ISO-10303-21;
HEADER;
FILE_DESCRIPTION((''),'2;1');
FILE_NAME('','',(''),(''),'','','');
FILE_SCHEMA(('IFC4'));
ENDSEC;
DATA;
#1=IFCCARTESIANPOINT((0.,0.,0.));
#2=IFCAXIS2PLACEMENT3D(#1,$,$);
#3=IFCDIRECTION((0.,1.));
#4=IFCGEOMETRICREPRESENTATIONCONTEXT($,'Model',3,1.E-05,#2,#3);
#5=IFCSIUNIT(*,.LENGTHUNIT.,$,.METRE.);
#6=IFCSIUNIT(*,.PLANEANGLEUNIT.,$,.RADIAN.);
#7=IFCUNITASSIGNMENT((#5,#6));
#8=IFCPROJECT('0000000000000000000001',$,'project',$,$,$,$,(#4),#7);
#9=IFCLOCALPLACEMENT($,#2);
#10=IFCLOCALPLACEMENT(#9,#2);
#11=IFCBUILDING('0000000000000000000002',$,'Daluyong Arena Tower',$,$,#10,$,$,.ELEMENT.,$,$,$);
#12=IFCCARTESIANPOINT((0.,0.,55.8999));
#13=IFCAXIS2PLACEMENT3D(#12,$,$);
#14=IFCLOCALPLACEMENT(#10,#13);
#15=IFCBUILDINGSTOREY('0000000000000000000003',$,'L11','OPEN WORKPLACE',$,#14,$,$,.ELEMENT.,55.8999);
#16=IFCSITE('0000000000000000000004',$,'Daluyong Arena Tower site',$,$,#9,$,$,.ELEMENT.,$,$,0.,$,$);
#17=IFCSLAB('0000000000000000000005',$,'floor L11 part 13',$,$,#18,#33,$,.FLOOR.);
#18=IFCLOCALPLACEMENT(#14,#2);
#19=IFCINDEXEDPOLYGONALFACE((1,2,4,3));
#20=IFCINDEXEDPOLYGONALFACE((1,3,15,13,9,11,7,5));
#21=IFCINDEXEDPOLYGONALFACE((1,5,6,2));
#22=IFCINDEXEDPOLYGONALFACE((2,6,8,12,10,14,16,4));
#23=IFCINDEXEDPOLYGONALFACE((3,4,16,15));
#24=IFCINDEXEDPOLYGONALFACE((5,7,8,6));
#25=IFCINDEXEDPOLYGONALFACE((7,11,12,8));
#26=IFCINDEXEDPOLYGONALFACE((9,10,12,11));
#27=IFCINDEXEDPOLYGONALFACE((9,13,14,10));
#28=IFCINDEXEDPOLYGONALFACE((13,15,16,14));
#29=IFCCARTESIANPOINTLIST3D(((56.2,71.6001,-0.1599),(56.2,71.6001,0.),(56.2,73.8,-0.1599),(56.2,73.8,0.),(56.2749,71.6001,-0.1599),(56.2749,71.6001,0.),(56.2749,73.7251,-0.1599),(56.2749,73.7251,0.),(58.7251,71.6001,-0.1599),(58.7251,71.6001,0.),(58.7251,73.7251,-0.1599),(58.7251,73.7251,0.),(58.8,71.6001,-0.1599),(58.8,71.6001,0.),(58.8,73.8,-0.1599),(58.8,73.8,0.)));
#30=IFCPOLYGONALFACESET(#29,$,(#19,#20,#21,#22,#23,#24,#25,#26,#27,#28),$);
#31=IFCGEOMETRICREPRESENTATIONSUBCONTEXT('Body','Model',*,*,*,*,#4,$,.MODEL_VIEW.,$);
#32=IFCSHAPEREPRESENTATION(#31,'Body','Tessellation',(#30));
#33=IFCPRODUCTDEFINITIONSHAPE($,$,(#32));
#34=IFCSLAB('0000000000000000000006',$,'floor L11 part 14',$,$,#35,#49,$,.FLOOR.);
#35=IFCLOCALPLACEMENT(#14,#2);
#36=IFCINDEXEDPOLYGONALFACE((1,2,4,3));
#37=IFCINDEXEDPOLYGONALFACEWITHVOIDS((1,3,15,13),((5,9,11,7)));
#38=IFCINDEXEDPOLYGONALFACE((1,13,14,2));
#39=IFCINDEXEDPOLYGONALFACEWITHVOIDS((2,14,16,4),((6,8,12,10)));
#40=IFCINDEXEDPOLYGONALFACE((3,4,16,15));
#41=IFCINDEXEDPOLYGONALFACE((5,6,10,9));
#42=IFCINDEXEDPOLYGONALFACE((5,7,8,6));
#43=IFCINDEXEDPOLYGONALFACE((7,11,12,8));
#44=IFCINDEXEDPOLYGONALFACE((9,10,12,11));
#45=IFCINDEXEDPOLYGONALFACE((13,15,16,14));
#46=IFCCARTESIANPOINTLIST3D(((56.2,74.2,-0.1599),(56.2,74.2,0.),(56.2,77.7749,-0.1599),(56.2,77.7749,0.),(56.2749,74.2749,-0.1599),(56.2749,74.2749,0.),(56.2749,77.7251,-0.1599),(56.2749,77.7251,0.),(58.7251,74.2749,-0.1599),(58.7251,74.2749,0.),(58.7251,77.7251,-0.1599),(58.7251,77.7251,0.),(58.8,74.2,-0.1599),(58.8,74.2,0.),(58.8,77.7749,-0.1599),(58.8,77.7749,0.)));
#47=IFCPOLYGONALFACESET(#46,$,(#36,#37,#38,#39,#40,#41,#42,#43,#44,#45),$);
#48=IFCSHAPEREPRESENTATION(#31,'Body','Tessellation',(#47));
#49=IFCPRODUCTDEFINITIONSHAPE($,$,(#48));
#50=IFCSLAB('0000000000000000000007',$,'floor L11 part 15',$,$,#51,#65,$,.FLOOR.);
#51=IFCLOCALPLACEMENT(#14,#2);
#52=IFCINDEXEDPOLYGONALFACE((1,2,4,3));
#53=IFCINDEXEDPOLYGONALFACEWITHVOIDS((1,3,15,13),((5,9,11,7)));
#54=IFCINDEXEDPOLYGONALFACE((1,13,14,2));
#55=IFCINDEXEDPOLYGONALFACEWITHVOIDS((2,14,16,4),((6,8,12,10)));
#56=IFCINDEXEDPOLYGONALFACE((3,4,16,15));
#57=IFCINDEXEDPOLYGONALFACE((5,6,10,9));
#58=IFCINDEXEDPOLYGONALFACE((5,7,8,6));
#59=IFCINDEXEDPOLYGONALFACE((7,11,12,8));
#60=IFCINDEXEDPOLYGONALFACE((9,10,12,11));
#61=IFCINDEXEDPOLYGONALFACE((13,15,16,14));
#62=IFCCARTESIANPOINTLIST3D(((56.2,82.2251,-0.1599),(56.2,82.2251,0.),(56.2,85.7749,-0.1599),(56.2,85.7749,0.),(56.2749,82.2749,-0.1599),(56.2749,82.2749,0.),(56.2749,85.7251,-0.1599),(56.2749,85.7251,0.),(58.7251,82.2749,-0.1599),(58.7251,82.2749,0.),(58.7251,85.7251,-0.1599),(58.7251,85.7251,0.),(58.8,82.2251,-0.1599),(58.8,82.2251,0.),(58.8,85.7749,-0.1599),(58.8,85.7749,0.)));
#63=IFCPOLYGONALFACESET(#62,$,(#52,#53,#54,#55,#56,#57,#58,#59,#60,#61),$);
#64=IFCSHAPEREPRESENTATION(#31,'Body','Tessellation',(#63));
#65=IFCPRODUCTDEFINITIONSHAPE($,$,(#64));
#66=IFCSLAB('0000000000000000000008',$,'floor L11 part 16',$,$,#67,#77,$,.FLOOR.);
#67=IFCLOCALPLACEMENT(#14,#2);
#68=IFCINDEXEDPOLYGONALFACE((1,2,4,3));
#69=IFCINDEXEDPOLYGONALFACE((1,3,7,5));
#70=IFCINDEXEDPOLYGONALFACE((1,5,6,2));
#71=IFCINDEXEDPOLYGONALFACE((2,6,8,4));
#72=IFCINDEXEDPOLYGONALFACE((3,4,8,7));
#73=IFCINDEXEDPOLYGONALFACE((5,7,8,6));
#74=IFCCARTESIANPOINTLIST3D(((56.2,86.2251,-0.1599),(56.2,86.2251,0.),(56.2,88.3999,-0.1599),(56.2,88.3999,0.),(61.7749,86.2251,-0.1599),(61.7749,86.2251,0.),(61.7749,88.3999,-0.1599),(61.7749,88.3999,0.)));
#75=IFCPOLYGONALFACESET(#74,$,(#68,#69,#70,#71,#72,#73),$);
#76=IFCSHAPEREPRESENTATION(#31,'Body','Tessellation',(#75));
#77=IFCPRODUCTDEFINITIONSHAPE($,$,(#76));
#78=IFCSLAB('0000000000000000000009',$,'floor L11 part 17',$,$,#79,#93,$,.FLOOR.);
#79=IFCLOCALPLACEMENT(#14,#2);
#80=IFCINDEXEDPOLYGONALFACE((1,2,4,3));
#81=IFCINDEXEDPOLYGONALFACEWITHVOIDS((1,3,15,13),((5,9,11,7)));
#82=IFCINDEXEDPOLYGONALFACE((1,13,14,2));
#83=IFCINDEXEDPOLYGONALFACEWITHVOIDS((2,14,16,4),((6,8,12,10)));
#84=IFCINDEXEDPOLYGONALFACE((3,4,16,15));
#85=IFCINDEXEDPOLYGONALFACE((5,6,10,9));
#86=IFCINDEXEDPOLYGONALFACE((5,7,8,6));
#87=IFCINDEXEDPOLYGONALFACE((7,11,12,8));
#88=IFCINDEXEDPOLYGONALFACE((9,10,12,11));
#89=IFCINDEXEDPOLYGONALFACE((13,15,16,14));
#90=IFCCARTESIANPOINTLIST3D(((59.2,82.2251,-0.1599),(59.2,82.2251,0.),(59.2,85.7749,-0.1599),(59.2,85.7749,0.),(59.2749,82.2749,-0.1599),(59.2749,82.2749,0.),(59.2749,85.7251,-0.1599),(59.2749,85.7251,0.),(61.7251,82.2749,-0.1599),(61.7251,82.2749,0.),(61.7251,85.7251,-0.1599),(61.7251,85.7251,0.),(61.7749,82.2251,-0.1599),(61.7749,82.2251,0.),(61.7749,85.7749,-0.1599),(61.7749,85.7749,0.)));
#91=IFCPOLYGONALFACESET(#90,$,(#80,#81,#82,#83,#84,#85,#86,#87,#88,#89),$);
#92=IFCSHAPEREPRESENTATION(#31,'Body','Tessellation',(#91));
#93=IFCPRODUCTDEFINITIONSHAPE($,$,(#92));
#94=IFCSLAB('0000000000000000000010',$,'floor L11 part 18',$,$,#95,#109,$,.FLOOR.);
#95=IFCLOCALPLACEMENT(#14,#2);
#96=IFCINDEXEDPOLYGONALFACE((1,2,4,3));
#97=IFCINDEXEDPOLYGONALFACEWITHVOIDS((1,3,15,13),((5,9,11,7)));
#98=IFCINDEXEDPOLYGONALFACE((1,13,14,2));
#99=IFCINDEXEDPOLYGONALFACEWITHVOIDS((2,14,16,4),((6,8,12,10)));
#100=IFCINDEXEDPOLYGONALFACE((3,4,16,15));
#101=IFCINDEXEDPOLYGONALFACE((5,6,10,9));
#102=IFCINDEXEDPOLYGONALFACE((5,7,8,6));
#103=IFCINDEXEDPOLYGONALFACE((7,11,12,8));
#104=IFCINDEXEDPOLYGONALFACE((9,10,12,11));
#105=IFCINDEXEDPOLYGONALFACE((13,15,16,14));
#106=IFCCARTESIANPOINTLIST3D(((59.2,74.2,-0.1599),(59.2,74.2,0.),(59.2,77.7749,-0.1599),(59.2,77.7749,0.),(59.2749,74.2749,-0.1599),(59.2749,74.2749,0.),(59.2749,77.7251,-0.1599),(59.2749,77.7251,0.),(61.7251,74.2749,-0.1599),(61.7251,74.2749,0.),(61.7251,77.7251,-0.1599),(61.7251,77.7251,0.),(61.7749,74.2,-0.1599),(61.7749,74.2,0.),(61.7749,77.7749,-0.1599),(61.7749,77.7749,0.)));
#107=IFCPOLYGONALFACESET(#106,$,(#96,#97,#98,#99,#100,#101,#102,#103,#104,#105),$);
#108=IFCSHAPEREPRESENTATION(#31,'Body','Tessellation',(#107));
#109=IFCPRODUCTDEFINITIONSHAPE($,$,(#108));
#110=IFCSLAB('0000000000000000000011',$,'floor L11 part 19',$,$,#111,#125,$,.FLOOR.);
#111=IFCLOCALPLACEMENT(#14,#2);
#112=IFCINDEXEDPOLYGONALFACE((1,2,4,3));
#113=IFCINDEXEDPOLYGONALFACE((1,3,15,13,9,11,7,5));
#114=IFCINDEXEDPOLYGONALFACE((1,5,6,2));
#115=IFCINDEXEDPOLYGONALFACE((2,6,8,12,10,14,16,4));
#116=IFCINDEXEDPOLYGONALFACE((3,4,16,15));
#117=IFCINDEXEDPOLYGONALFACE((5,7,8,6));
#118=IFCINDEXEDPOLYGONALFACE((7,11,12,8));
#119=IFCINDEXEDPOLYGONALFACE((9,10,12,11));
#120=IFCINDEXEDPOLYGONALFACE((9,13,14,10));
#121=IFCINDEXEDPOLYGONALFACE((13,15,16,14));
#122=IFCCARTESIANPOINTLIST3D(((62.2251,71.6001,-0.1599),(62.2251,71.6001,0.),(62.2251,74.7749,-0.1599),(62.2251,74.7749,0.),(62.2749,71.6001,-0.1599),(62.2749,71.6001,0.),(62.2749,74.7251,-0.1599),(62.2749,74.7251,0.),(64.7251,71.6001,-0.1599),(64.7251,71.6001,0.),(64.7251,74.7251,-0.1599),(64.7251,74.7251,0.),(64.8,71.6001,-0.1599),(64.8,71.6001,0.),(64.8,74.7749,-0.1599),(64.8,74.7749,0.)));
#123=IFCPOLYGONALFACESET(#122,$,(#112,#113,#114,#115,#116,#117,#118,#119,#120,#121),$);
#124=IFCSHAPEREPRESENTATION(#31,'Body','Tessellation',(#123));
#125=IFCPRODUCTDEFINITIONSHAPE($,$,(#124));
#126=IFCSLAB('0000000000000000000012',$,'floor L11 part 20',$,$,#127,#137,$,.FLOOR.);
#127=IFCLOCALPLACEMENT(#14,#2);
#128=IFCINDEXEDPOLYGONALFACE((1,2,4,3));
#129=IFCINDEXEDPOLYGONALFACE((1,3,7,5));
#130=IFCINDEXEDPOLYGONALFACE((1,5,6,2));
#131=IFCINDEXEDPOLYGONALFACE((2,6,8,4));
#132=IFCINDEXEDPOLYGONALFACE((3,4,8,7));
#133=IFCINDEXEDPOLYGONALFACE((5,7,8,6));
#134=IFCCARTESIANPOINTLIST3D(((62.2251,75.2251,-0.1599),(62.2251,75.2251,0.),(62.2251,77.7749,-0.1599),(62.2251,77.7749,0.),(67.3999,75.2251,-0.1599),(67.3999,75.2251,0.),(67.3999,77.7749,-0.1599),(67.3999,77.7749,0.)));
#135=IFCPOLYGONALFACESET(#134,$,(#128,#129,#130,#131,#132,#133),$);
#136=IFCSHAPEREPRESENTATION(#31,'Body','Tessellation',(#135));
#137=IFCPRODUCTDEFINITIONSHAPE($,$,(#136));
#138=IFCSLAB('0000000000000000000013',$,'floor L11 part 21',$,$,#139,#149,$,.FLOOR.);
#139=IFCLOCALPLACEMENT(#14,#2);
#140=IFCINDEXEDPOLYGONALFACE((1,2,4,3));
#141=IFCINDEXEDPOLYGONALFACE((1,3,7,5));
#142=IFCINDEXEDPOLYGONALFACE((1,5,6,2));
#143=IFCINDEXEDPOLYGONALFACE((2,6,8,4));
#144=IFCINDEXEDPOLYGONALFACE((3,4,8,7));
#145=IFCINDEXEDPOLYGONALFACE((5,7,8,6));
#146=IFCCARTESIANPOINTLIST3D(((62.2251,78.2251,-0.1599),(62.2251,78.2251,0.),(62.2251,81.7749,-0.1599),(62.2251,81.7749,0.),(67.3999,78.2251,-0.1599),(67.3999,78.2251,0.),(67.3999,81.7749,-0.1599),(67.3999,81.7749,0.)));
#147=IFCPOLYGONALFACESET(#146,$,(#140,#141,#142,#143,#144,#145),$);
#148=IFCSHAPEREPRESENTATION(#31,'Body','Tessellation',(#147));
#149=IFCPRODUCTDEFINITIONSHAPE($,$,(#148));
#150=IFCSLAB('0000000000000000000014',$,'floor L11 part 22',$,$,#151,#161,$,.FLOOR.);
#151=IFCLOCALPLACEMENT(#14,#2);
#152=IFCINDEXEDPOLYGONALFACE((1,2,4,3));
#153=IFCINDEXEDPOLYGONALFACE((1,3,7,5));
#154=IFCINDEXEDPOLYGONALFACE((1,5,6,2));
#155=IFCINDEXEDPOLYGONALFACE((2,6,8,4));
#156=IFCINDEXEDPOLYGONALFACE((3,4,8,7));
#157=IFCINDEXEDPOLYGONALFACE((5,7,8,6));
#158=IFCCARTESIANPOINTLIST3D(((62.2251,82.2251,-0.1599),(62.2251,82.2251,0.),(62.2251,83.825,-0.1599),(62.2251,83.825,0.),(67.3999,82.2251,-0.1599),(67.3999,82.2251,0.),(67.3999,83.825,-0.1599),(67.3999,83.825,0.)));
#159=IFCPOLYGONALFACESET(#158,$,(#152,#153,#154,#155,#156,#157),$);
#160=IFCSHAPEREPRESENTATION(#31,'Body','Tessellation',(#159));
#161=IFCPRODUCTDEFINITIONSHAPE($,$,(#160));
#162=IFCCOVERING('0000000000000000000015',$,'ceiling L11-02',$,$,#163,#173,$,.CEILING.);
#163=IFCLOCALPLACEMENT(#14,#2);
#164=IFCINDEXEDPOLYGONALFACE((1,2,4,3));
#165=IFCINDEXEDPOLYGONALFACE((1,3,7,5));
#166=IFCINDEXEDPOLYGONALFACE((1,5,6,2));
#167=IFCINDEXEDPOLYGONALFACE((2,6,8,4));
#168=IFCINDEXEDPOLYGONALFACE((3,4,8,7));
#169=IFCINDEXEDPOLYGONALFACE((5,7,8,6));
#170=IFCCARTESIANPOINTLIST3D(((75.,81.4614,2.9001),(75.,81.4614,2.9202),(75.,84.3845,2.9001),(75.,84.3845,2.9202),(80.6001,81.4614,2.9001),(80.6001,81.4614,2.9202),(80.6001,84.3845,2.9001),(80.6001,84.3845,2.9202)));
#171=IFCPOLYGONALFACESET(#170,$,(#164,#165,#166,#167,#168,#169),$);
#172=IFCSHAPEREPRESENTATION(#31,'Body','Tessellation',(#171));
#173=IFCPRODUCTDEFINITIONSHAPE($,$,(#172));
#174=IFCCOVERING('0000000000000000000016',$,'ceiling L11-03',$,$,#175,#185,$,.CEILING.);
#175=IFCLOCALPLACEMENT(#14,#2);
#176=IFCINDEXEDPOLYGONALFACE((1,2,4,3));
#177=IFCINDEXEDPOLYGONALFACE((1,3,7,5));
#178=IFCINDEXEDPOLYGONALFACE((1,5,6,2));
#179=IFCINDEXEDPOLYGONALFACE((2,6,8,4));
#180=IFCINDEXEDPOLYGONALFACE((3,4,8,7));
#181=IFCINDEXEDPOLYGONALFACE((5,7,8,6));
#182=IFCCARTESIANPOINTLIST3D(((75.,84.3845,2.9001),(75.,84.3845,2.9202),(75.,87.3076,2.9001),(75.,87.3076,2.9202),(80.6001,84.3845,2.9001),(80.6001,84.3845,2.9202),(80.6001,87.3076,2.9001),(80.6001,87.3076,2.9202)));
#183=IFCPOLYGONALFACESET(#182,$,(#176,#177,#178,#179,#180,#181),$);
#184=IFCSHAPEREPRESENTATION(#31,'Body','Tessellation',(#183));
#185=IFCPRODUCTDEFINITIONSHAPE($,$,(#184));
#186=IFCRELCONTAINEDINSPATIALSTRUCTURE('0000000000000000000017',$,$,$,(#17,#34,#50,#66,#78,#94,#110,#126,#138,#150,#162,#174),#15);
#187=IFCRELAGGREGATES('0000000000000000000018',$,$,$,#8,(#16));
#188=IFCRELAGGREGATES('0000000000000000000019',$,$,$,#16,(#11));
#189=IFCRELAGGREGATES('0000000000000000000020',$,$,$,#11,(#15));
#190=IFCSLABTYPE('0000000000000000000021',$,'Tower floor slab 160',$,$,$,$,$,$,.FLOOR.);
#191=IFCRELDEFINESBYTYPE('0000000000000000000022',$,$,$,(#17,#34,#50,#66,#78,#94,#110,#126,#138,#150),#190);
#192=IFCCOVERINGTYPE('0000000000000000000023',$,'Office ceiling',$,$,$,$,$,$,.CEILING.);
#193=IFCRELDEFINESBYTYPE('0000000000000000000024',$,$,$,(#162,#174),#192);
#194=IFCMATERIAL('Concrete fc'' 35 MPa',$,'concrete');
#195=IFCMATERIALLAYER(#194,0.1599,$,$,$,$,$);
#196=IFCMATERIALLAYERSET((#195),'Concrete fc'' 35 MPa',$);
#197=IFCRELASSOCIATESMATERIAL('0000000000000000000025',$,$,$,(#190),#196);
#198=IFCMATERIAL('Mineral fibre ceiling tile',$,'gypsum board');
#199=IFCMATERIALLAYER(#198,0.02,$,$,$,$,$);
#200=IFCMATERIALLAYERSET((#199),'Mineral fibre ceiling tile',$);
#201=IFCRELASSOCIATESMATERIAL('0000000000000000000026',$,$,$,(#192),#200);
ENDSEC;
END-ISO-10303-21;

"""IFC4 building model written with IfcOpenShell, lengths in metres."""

from ifc_helpers import new_model, si_unit, direction, frame, origin, place, context, subcontext, project, spatial, polyline, outline, extrude, material, layer, layer_set, type_object, element, save


model = new_model("IFC4")

# Units and contexts
model_context = context("Model", 3, precision=1e-05, world=origin(), true_north=direction((0.0, 1.0)))
body_context = subcontext(model_context, "Body", "Model", "MODEL_VIEW")
ifc_project = project(units=[si_unit("LENGTHUNIT", "METRE"), si_unit("PLANEANGLEUNIT", "RADIAN")], contexts=[model_context])

# Site, building, storey
site_placement = place(None, origin())
site = spatial("IfcSite", under=ifc_project, at=site_placement, Name="Daluyong Arena Tower site", CompositionType="ELEMENT", RefElevation=0.0)
building_placement = place(site_placement, origin())
building = spatial("IfcBuilding", under=site, at=building_placement, Name="Daluyong Arena Tower", CompositionType="ELEMENT")
storey_placement = place(building_placement, frame((0.0, 0.0, 55.8999)))
storey = spatial("IfcBuildingStorey", under=building, at=storey_placement, Name="L11", Description="OPEN WORKPLACE", CompositionType="ELEMENT", Elevation=55.8999)

# Slabs
ifc_material_1 = material(Name="Concrete fc' 35 MPa", Category="concrete")
ifc_layer_1 = layer(ifc_material_1, 0.1599)
ifc_layer_set_1 = layer_set([ifc_layer_1], Name="Concrete fc' 35 MPa")
slab_type = type_object("IfcSlabType", Name="Tower floor slab 160", PredefinedType="FLOOR", material=ifc_layer_set_1)
slab_1_placement = place(storey_placement, frame((0.0, 0.0, -0.1599)))
element("IfcSlab", 1, at=slab_1_placement, inside=storey, type_object=slab_type, Name="floor L11 part 13", PredefinedType="FLOOR", context=body_context, shape_type="SweptSolid", body=[
    extrude(outline(polyline([(58.7251, 73.7251), (58.7251, 71.6001), (58.8, 71.6001), (58.8, 73.8), (56.2, 73.8), (56.2, 71.6001), (56.2749, 71.6001), (56.2749, 73.7251), (58.7251, 73.7251)])), origin(), (0.0, 0.0, 1.0), 0.1599),
])
slab_2_placement = place(storey_placement, frame((0.0, 0.0, -0.1599)))
element("IfcSlab", 2, at=slab_2_placement, inside=storey, type_object=slab_type, Name="floor L11 part 14", PredefinedType="FLOOR", context=body_context, shape_type="SweptSolid", body=[
    extrude(outline(polyline([(56.2, 77.7749), (56.2, 74.2), (58.8, 74.2), (58.8, 77.7749), (56.2, 77.7749)]), holes=[polyline([(58.7251, 77.7251), (58.7251, 74.2749), (56.2749, 74.2749), (56.2749, 77.7251), (58.7251, 77.7251)])]), origin(), (0.0, 0.0, 1.0), 0.1599),
])
slab_3_placement = place(storey_placement, frame((0.0, 0.0, -0.1599)))
element("IfcSlab", 3, at=slab_3_placement, inside=storey, type_object=slab_type, Name="floor L11 part 15", PredefinedType="FLOOR", context=body_context, shape_type="SweptSolid", body=[
    extrude(outline(polyline([(56.2, 85.7749), (56.2, 82.2251), (58.8, 82.2251), (58.8, 85.7749), (56.2, 85.7749)]), holes=[polyline([(58.7251, 85.7251), (58.7251, 82.2749), (56.2749, 82.2749), (56.2749, 85.7251), (58.7251, 85.7251)])]), origin(), (0.0, 0.0, 1.0), 0.1599),
])
slab_4_placement = place(storey_placement, frame((0.0, 0.0, -0.1599)))
element("IfcSlab", 4, at=slab_4_placement, inside=storey, type_object=slab_type, Name="floor L11 part 16", PredefinedType="FLOOR", context=body_context, shape_type="SweptSolid", body=[
    extrude(outline(polyline([(56.2, 86.2251), (61.7749, 86.2251), (61.7749, 88.3999), (56.2, 88.3999), (56.2, 86.2251)])), origin(), (0.0, 0.0, 1.0), 0.1599),
])
slab_5_placement = place(storey_placement, frame((0.0, 0.0, -0.1599)))
element("IfcSlab", 5, at=slab_5_placement, inside=storey, type_object=slab_type, Name="floor L11 part 17", PredefinedType="FLOOR", context=body_context, shape_type="SweptSolid", body=[
    extrude(outline(polyline([(59.2, 82.2251), (61.7749, 82.2251), (61.7749, 85.7749), (59.2, 85.7749), (59.2, 82.2251)]), holes=[polyline([(61.7251, 82.2749), (59.2749, 82.2749), (59.2749, 85.7251), (61.7251, 85.7251), (61.7251, 82.2749)])]), origin(), (0.0, 0.0, 1.0), 0.1599),
])
slab_6_placement = place(storey_placement, frame((0.0, 0.0, -0.1599)))
element("IfcSlab", 6, at=slab_6_placement, inside=storey, type_object=slab_type, Name="floor L11 part 18", PredefinedType="FLOOR", context=body_context, shape_type="SweptSolid", body=[
    extrude(outline(polyline([(59.2, 74.2), (61.7749, 74.2), (61.7749, 77.7749), (59.2, 77.7749), (59.2, 74.2)]), holes=[polyline([(61.7251, 77.7251), (61.7251, 74.2749), (59.2749, 74.2749), (59.2749, 77.7251), (61.7251, 77.7251)])]), origin(), (0.0, 0.0, 1.0), 0.1599),
])
slab_7_placement = place(storey_placement, frame((0.0, 0.0, -0.1599)))
element("IfcSlab", 7, at=slab_7_placement, inside=storey, type_object=slab_type, Name="floor L11 part 19", PredefinedType="FLOOR", context=body_context, shape_type="SweptSolid", body=[
    extrude(outline(polyline([(64.8, 71.6001), (64.8, 74.7749), (62.2251, 74.7749), (62.2251, 71.6001), (62.2749, 71.6001), (62.2749, 74.7251), (64.7251, 74.7251), (64.7251, 71.6001), (64.8, 71.6001)])), origin(), (0.0, 0.0, 1.0), 0.1599),
])
slab_8_placement = place(storey_placement, frame((0.0, 0.0, -0.1599)))
element("IfcSlab", 8, at=slab_8_placement, inside=storey, type_object=slab_type, Name="floor L11 part 20", PredefinedType="FLOOR", context=body_context, shape_type="SweptSolid", body=[
    extrude(outline(polyline([(67.3999, 75.2251), (67.3999, 77.7749), (62.2251, 77.7749), (62.2251, 75.2251), (67.3999, 75.2251)])), origin(), (0.0, 0.0, 1.0), 0.1599),
])
slab_9_placement = place(storey_placement, frame((0.0, 0.0, -0.1599)))
element("IfcSlab", 9, at=slab_9_placement, inside=storey, type_object=slab_type, Name="floor L11 part 21", PredefinedType="FLOOR", context=body_context, shape_type="SweptSolid", body=[
    extrude(outline(polyline([(67.3999, 78.2251), (67.3999, 81.7749), (62.2251, 81.7749), (62.2251, 78.2251), (67.3999, 78.2251)])), origin(), (0.0, 0.0, 1.0), 0.1599),
])
slab_10_placement = place(storey_placement, frame((0.0, 0.0, -0.1599)))
element("IfcSlab", 10, at=slab_10_placement, inside=storey, type_object=slab_type, Name="floor L11 part 22", PredefinedType="FLOOR", context=body_context, shape_type="SweptSolid", body=[
    extrude(outline(polyline([(67.3999, 82.2251), (67.3999, 83.825), (62.2251, 83.825), (62.2251, 82.2251), (67.3999, 82.2251)])), origin(), (0.0, 0.0, 1.0), 0.1599),
])

# Coverings
ifc_material_2 = material(Name="Mineral fibre ceiling tile", Category="gypsum board")
ifc_layer_2 = layer(ifc_material_2, 0.02)
ifc_layer_set_2 = layer_set([ifc_layer_2], Name="Mineral fibre ceiling tile")
covering_type = type_object("IfcCoveringType", Name="Office ceiling", PredefinedType="CEILING", material=ifc_layer_set_2)
covering_1_placement = place(storey_placement, frame((0.0, 0.0, 2.9001)))
element("IfcCovering", 11, at=covering_1_placement, inside=storey, type_object=covering_type, Name="ceiling L11-02", PredefinedType="CEILING", context=body_context, shape_type="SweptSolid", body=[
    extrude(outline(polyline([(75.0, 81.4614), (80.6001, 81.4614), (80.6001, 84.3845), (75.0, 84.3845), (75.0, 81.4614)])), origin(), (0.0, 0.0, 1.0), 0.02),
])
covering_2_placement = place(storey_placement, frame((0.0, 0.0, 2.9001)))
element("IfcCovering", 12, at=covering_2_placement, inside=storey, type_object=covering_type, Name="ceiling L11-03", PredefinedType="CEILING", context=body_context, shape_type="SweptSolid", body=[
    extrude(outline(polyline([(75.0, 84.3845), (80.6001, 84.3845), (80.6001, 87.3076), (75.0, 87.3076), (75.0, 84.3845)])), origin(), (0.0, 0.0, 1.0), 0.02),
])

save(model, "model.ifc")
